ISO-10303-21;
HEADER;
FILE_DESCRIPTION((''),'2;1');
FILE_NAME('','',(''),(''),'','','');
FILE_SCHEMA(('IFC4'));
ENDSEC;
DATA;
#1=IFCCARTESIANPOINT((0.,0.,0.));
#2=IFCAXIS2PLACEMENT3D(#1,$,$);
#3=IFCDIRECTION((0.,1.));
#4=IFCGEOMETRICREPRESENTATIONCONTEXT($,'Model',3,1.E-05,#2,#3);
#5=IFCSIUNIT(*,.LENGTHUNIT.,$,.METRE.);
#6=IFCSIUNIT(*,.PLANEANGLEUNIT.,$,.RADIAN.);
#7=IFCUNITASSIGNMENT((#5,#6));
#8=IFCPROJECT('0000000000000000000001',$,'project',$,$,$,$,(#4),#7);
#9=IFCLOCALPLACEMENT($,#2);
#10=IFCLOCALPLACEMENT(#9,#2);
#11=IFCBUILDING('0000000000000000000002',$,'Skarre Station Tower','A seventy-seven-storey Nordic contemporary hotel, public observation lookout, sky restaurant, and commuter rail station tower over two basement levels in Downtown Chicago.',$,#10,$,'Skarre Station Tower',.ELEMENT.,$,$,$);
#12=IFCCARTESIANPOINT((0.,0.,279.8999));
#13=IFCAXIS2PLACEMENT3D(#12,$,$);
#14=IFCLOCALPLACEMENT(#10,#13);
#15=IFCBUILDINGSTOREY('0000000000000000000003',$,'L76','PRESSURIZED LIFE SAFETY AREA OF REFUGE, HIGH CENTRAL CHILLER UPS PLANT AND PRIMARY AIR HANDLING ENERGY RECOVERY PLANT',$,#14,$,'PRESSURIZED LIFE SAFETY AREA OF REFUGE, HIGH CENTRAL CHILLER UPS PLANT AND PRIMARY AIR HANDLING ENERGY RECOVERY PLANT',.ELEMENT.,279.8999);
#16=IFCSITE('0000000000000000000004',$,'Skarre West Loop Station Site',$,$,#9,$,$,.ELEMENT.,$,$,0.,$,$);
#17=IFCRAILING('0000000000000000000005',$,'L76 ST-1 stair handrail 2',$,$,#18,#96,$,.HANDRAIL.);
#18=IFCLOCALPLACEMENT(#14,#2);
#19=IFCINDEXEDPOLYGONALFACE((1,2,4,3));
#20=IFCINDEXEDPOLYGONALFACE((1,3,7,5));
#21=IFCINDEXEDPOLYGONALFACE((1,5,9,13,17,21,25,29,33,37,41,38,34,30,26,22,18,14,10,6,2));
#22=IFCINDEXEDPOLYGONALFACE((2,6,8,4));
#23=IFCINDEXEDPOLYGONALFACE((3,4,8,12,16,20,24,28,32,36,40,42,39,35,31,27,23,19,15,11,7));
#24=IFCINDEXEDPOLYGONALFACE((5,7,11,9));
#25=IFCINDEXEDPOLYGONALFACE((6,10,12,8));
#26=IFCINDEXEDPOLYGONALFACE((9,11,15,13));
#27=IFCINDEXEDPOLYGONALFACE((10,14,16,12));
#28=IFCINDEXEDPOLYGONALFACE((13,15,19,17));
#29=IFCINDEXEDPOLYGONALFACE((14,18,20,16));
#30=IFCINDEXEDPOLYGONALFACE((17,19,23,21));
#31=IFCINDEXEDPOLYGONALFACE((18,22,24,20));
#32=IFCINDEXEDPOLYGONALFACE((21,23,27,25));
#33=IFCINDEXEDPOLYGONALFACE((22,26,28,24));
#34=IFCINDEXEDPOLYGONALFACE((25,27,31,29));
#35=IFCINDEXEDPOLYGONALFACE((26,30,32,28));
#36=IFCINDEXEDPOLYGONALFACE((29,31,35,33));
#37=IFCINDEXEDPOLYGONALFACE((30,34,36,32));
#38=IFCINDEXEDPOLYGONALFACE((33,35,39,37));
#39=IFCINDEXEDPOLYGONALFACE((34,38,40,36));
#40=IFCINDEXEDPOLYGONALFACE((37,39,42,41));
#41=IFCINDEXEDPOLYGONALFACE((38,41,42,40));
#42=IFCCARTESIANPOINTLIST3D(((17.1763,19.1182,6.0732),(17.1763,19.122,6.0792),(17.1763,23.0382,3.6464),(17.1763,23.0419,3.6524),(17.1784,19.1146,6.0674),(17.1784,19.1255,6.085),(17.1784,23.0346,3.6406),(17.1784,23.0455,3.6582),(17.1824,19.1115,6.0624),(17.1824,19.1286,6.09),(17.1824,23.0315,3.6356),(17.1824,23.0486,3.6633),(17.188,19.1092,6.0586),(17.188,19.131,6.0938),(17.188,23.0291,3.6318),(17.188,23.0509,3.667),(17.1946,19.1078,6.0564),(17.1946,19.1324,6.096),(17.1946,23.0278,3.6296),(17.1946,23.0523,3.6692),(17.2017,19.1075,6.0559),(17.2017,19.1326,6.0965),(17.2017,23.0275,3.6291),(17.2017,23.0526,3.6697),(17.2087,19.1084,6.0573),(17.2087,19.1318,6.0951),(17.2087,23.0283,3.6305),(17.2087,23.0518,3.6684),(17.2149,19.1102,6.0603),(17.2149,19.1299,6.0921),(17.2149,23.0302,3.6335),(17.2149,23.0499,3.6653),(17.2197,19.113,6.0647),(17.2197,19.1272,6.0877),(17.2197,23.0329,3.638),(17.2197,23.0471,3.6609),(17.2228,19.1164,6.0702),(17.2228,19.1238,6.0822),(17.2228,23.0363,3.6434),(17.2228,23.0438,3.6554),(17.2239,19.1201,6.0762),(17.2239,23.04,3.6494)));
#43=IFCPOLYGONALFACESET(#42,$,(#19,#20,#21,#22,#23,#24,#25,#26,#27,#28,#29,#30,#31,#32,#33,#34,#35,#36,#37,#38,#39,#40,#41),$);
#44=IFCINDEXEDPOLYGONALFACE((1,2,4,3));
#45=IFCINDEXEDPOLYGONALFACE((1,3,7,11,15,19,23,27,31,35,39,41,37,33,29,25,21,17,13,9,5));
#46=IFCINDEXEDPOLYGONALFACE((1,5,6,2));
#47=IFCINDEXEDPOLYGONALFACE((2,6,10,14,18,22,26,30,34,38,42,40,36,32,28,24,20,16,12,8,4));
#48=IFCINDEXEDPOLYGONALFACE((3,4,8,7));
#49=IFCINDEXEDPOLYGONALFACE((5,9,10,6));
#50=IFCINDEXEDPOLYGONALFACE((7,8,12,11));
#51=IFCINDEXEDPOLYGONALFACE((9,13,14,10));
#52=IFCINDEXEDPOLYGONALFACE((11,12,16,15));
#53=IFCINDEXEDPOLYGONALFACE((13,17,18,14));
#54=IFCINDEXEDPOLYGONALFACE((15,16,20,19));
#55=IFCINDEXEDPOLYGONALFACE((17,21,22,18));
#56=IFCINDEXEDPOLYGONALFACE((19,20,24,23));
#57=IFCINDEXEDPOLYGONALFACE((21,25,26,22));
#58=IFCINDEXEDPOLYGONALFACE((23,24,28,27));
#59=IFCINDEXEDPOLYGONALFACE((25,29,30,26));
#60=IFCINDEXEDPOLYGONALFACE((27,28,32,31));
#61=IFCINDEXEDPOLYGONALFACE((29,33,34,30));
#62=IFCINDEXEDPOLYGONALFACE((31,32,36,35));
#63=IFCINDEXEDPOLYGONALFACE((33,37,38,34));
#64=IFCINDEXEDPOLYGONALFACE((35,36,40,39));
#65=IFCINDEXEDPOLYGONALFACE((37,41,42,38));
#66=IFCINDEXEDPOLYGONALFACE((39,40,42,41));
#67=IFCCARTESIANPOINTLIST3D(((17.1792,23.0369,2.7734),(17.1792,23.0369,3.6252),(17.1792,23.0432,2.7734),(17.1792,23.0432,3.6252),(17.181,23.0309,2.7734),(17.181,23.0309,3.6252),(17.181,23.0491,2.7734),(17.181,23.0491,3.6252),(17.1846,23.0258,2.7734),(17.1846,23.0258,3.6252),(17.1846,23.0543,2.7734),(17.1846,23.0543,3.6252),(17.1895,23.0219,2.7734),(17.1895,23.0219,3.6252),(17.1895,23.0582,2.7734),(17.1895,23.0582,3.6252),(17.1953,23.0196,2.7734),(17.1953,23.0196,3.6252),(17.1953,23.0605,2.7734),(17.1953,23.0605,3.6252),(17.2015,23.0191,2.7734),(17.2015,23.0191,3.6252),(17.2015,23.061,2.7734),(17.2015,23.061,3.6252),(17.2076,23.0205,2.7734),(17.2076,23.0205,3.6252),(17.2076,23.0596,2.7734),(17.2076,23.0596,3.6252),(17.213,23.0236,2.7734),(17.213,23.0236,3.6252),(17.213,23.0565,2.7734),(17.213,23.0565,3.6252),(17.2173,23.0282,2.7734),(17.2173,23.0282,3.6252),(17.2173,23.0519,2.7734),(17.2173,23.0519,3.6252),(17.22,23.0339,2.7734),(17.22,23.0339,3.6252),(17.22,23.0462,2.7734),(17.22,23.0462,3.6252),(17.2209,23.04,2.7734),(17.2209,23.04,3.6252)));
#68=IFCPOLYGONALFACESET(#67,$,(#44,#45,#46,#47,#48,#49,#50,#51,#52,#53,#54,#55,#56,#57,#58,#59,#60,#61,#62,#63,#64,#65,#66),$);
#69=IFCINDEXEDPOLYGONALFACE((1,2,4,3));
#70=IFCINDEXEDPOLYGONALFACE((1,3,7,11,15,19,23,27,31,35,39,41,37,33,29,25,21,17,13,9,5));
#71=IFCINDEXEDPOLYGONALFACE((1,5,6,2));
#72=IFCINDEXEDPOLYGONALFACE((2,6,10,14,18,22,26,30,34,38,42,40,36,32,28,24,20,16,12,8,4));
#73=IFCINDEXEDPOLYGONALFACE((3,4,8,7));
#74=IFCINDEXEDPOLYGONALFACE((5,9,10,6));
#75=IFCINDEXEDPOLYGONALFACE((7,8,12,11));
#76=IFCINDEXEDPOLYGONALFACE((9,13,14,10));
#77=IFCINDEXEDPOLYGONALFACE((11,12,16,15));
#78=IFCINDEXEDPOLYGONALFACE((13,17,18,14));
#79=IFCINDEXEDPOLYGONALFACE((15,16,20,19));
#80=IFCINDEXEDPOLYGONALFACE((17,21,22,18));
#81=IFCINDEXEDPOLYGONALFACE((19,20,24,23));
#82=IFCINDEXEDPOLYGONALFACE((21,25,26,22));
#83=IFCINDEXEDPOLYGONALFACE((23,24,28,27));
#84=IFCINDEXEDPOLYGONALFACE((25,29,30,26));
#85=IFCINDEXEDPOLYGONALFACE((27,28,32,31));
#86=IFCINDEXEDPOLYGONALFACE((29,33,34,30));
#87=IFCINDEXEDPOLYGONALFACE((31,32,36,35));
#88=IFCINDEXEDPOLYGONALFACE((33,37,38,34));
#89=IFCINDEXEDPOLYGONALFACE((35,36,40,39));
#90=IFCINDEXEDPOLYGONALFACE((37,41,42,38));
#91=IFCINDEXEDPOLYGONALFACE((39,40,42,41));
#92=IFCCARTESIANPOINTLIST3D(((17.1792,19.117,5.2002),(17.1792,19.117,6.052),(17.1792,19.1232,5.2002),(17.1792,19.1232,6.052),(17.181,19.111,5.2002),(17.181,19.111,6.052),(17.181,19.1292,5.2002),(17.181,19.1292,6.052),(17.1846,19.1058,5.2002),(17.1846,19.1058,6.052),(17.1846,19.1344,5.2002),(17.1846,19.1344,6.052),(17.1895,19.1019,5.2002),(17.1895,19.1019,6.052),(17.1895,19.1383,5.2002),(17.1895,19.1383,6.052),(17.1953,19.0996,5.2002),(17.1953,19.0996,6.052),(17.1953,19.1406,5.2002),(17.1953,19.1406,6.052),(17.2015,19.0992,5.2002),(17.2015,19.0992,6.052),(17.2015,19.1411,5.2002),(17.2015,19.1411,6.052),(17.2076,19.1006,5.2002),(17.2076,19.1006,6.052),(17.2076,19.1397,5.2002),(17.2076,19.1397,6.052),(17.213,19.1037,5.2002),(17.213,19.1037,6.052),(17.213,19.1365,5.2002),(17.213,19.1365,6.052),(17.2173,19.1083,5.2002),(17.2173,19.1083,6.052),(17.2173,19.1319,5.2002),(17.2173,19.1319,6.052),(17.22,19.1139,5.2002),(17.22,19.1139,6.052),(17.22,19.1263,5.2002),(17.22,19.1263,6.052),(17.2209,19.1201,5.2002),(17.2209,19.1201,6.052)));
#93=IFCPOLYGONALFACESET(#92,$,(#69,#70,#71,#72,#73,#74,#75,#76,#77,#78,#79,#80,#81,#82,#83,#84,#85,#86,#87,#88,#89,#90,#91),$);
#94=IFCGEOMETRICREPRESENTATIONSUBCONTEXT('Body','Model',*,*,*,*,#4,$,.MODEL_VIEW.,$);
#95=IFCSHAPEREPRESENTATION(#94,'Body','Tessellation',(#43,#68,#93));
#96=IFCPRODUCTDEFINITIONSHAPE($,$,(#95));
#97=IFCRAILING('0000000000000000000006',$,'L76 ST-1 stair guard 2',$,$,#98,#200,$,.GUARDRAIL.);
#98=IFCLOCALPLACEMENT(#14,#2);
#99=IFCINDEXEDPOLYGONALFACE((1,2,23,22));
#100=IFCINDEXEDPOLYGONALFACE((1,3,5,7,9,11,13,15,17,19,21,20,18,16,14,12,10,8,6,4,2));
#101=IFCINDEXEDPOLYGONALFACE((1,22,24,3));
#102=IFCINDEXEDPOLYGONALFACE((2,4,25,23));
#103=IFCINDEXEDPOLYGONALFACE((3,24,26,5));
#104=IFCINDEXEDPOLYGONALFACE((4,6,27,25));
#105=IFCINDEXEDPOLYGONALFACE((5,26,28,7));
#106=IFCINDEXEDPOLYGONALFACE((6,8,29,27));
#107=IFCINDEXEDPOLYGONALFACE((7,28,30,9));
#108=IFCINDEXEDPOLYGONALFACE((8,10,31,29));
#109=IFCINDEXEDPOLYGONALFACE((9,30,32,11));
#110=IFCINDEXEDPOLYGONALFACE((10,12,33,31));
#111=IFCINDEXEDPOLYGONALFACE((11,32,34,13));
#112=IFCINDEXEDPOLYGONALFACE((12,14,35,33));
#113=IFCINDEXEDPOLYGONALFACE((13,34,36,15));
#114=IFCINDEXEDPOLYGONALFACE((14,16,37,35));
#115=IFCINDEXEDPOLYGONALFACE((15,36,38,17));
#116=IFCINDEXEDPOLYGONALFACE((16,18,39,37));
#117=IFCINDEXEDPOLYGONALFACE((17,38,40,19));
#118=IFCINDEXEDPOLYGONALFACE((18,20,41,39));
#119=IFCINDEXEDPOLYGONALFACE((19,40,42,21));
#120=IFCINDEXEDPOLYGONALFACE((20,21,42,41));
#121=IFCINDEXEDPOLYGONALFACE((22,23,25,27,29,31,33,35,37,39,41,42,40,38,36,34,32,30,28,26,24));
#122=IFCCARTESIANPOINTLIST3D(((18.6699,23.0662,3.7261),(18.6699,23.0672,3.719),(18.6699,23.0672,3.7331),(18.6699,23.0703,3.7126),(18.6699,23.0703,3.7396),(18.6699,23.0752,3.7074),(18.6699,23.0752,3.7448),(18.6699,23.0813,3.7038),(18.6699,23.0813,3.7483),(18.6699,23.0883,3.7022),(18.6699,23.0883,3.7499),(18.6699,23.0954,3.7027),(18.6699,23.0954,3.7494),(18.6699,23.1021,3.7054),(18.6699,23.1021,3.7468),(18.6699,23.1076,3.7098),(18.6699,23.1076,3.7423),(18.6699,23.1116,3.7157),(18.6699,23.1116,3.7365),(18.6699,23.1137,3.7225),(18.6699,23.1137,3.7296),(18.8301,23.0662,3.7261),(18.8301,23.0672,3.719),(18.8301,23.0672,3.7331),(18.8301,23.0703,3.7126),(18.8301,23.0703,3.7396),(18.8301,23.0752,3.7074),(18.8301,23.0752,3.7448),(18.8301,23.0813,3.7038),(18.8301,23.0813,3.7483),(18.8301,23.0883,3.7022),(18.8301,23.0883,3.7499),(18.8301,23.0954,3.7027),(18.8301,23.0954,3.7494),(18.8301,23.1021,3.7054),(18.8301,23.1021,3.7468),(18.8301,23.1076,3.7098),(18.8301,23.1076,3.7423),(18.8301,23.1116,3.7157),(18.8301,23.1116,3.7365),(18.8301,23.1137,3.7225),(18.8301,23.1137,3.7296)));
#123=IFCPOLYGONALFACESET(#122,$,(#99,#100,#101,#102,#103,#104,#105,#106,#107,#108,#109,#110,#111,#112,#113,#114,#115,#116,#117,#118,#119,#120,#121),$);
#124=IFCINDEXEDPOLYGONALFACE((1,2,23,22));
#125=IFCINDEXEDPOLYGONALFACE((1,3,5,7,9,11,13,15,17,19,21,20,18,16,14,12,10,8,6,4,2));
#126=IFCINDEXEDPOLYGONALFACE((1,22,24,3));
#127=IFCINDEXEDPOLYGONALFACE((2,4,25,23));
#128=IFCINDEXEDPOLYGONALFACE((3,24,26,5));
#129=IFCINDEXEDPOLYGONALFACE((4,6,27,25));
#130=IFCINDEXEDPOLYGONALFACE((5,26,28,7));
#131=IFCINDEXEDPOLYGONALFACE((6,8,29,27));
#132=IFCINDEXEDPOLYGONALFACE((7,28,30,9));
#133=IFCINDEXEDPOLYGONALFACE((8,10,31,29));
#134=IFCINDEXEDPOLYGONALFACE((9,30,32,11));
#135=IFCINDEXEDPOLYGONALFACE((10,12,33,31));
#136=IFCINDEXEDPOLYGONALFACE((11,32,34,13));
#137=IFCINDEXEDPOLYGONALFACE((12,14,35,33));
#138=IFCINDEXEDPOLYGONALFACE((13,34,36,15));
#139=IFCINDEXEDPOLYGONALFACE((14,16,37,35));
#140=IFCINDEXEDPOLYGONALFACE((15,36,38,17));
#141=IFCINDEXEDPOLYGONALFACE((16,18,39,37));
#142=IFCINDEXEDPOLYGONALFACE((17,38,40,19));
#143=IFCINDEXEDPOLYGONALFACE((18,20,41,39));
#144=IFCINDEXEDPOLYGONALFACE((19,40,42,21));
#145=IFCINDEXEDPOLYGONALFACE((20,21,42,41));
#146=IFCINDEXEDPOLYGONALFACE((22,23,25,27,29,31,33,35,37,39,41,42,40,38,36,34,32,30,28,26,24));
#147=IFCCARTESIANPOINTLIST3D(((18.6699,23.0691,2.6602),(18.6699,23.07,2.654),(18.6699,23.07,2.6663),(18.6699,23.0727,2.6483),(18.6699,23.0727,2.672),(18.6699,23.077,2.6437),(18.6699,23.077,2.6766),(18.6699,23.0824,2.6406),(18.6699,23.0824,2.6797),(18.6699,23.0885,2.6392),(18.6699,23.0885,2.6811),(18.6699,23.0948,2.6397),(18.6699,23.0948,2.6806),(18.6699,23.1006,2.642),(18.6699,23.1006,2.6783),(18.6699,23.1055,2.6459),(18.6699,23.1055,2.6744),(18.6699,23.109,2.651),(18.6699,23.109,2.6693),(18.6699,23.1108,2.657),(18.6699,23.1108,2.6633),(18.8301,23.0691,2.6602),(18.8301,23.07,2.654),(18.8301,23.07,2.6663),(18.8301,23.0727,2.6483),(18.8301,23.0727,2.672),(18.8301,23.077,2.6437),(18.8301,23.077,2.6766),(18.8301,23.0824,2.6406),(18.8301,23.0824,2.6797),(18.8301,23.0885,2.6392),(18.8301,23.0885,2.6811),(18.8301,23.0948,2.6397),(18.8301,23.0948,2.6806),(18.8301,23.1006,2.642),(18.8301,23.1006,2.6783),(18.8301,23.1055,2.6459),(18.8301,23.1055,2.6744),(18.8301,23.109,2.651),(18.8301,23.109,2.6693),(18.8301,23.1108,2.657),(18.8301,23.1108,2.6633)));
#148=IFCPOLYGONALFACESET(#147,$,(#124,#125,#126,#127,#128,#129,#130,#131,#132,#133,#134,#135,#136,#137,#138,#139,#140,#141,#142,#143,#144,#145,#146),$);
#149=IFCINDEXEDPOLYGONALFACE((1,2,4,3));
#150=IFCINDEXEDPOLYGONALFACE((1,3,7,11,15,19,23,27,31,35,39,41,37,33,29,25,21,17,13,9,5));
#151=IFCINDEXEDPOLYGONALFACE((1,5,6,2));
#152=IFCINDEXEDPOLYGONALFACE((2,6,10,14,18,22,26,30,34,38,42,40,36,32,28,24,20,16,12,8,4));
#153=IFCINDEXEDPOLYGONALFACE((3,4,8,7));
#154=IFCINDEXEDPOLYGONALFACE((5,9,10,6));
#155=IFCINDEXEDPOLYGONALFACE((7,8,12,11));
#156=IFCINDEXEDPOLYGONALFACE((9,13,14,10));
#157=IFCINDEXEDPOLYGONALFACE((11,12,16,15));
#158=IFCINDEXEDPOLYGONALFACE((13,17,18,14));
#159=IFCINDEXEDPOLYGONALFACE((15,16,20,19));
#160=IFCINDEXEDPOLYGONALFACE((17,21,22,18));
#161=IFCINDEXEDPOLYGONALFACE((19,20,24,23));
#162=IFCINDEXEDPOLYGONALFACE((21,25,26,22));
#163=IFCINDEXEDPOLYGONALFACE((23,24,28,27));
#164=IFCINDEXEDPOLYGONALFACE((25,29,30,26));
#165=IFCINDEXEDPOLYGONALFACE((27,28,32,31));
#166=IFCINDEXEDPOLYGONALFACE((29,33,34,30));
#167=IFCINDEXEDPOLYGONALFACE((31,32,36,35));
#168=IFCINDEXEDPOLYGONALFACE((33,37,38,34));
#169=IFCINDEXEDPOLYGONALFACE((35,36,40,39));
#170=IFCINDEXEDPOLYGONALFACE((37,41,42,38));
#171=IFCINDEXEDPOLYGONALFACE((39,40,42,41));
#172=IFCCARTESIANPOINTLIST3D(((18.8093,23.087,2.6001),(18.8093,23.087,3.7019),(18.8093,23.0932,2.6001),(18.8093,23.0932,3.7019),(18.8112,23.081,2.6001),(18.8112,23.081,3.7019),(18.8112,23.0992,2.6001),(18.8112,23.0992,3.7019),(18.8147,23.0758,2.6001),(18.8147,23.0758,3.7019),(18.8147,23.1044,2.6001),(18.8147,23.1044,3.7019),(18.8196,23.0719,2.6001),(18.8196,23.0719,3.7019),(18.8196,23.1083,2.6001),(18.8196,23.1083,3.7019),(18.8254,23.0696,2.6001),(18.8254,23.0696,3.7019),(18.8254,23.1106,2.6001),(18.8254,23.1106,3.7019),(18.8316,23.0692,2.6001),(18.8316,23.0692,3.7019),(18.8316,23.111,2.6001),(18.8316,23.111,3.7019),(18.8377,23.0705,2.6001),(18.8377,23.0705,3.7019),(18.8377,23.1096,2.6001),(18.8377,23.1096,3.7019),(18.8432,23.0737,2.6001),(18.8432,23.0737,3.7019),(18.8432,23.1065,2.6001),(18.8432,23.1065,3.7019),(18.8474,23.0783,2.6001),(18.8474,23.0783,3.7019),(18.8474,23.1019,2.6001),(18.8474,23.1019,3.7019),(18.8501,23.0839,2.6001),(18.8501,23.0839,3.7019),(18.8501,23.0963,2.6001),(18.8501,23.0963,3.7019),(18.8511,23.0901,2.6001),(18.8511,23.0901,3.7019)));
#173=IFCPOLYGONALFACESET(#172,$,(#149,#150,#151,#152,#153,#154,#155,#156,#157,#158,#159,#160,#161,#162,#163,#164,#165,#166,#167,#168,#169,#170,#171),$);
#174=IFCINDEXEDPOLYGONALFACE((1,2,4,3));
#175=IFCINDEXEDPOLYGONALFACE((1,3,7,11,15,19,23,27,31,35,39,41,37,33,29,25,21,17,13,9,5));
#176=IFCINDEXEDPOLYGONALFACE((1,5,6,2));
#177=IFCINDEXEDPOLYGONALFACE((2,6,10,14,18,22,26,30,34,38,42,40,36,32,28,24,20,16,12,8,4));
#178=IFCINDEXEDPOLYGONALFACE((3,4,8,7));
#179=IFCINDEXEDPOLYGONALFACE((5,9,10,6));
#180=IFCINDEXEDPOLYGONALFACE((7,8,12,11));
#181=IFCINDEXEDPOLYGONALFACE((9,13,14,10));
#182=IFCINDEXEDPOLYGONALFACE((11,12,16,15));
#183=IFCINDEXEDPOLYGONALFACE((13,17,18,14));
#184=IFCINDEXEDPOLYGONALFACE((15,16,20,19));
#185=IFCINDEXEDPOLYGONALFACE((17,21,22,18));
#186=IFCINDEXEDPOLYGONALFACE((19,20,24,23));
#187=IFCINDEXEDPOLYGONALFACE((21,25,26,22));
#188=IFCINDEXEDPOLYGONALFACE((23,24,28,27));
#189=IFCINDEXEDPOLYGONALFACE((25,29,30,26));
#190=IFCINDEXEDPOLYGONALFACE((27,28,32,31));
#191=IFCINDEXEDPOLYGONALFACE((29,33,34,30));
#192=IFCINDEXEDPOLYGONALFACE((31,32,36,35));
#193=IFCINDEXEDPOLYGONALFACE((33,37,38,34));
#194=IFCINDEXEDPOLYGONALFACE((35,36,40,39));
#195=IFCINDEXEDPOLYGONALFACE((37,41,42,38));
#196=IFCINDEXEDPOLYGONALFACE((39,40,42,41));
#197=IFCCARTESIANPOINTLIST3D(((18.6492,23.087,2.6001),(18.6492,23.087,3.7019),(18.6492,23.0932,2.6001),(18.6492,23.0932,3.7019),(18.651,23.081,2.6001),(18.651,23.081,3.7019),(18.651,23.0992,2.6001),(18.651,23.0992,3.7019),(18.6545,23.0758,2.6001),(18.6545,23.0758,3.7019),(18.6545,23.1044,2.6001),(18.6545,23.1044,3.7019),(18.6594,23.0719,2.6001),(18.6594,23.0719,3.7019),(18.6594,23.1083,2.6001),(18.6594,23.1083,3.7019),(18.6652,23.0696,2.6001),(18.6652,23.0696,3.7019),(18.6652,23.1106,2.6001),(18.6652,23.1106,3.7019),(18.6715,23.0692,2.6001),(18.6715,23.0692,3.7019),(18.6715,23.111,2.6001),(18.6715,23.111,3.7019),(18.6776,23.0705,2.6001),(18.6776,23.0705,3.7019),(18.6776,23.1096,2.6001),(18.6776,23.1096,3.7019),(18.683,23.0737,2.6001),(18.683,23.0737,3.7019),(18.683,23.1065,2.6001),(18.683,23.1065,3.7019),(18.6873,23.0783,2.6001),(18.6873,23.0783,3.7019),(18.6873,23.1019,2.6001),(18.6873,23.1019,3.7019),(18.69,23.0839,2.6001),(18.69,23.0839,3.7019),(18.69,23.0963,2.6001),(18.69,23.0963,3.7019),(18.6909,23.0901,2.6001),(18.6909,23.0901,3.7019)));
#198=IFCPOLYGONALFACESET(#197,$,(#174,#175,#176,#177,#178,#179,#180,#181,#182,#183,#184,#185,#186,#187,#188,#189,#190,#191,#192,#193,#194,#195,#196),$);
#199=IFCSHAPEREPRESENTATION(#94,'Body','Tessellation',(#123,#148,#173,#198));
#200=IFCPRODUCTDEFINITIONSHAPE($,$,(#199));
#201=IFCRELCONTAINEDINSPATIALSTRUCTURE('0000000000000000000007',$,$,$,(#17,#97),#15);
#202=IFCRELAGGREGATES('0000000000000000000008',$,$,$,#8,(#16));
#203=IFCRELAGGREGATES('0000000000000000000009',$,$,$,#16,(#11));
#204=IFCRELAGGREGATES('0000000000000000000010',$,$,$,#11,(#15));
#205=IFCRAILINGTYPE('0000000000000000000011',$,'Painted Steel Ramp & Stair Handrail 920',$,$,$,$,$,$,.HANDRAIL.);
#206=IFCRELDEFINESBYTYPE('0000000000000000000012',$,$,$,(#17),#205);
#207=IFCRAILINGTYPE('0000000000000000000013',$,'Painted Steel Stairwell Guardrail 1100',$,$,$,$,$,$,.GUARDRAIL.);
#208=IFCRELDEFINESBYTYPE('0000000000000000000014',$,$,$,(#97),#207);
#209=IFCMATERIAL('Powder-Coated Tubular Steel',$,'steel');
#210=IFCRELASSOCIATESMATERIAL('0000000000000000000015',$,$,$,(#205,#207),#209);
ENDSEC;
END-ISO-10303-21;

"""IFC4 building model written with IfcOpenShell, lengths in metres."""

from ifc_helpers import new_model, si_unit, direction, frame, origin, origin_2d, place, context, subcontext, project, spatial, circle, extrude, material, type_object, element, save


model = new_model("IFC4")

# Units and contexts
model_context = context("Model", 3, precision=1e-05, world=origin(), true_north=direction((0.0, 1.0)))
body_context = subcontext(model_context, "Body", "Model", "MODEL_VIEW")
ifc_project = project(units=[si_unit("LENGTHUNIT", "METRE"), si_unit("PLANEANGLEUNIT", "RADIAN")], contexts=[model_context])

# Site, building, storey
site_placement = place(None, origin())
site = spatial("IfcSite", under=ifc_project, at=site_placement, Name="Skarre West Loop Station Site", CompositionType="ELEMENT", RefElevation=0.0)
building_placement = place(site_placement, origin())
building = spatial("IfcBuilding", under=site, at=building_placement, Name="Skarre Station Tower", Description="A seventy-seven-storey Nordic contemporary hotel, public observation lookout, sky restaurant, and commuter rail station tower over two basement levels in Downtown Chicago.", LongName="Skarre Station Tower", CompositionType="ELEMENT")
storey_placement = place(building_placement, frame((0.0, 0.0, 279.8999)))
storey = spatial("IfcBuildingStorey", under=building, at=storey_placement, Name="L76", Description="PRESSURIZED LIFE SAFETY AREA OF REFUGE, HIGH CENTRAL CHILLER UPS PLANT AND PRIMARY AIR HANDLING ENERGY RECOVERY PLANT", LongName="PRESSURIZED LIFE SAFETY AREA OF REFUGE, HIGH CENTRAL CHILLER UPS PLANT AND PRIMARY AIR HANDLING ENERGY RECOVERY PLANT", CompositionType="ELEMENT", Elevation=279.8999)

# Railings
ifc_material_1 = material(Name="Powder-Coated Tubular Steel", Category="steel")
railing_type_1 = type_object("IfcRailingType", Name="Painted Steel Ramp & Stair Handrail 920", PredefinedType="HANDRAIL", material=ifc_material_1)
railing_1_placement = place(storey_placement, frame((17.2, 23.04, 2.7734)))
element("IfcRailing", 1, at=railing_1_placement, inside=storey, type_object=railing_type_1, Name="L76 ST-1 stair handrail 2", PredefinedType="HANDRAIL", context=body_context, shape_type="SweptSolid", body=[
    extrude(circle(Radius=0.0239, at=origin_2d()), frame((0.0, 0.0, 0.876), z_axis=(0.0, -0.850252, 0.526376), x_axis=(1.0, 0.0, 0.0)), (0.0, 0.0, 1.0), 4.6104),
    extrude(circle(Radius=0.021, at=origin_2d()), origin(), (0.0, 0.0, 1.0), 0.8518),
    extrude(circle(Radius=0.021, at=origin_2d()), frame((0.0, -3.9199, 2.4268)), (0.0, 0.0, 1.0), 0.8518),
])
railing_type_2 = type_object("IfcRailingType", Name="Painted Steel Stairwell Guardrail 1100", PredefinedType="GUARDRAIL", material=ifc_material_1)
railing_2_placement = place(storey_placement, frame((18.8301, 23.0901, 2.6001)))
element("IfcRailing", 2, at=railing_2_placement, inside=storey, type_object=railing_type_2, Name="L76 ST-1 stair guard 2", PredefinedType="GUARDRAIL", context=body_context, shape_type="SweptSolid", body=[
    extrude(circle(Radius=0.0239, at=origin_2d()), frame((0.0, 0.0, 1.126), z_axis=(-1.0, 0.0, 0.0), x_axis=(0.0, -1.0, 0.0)), (0.0, 0.0, 1.0), 0.1602),
    extrude(circle(Radius=0.021, at=origin_2d()), frame((0.0, 0.0, 0.0601), z_axis=(-1.0, 0.0, 0.0), x_axis=(0.0, -1.0, 0.0)), (0.0, 0.0, 1.0), 0.1602),
    extrude(circle(Radius=0.021, at=origin_2d()), origin(), (0.0, 0.0, 1.0), 1.1018),
    extrude(circle(Radius=0.021, at=origin_2d()), frame((-0.1602, 0.0, 0.0)), (0.0, 0.0, 1.0), 1.1018),
])

save(model, "model.ifc")
